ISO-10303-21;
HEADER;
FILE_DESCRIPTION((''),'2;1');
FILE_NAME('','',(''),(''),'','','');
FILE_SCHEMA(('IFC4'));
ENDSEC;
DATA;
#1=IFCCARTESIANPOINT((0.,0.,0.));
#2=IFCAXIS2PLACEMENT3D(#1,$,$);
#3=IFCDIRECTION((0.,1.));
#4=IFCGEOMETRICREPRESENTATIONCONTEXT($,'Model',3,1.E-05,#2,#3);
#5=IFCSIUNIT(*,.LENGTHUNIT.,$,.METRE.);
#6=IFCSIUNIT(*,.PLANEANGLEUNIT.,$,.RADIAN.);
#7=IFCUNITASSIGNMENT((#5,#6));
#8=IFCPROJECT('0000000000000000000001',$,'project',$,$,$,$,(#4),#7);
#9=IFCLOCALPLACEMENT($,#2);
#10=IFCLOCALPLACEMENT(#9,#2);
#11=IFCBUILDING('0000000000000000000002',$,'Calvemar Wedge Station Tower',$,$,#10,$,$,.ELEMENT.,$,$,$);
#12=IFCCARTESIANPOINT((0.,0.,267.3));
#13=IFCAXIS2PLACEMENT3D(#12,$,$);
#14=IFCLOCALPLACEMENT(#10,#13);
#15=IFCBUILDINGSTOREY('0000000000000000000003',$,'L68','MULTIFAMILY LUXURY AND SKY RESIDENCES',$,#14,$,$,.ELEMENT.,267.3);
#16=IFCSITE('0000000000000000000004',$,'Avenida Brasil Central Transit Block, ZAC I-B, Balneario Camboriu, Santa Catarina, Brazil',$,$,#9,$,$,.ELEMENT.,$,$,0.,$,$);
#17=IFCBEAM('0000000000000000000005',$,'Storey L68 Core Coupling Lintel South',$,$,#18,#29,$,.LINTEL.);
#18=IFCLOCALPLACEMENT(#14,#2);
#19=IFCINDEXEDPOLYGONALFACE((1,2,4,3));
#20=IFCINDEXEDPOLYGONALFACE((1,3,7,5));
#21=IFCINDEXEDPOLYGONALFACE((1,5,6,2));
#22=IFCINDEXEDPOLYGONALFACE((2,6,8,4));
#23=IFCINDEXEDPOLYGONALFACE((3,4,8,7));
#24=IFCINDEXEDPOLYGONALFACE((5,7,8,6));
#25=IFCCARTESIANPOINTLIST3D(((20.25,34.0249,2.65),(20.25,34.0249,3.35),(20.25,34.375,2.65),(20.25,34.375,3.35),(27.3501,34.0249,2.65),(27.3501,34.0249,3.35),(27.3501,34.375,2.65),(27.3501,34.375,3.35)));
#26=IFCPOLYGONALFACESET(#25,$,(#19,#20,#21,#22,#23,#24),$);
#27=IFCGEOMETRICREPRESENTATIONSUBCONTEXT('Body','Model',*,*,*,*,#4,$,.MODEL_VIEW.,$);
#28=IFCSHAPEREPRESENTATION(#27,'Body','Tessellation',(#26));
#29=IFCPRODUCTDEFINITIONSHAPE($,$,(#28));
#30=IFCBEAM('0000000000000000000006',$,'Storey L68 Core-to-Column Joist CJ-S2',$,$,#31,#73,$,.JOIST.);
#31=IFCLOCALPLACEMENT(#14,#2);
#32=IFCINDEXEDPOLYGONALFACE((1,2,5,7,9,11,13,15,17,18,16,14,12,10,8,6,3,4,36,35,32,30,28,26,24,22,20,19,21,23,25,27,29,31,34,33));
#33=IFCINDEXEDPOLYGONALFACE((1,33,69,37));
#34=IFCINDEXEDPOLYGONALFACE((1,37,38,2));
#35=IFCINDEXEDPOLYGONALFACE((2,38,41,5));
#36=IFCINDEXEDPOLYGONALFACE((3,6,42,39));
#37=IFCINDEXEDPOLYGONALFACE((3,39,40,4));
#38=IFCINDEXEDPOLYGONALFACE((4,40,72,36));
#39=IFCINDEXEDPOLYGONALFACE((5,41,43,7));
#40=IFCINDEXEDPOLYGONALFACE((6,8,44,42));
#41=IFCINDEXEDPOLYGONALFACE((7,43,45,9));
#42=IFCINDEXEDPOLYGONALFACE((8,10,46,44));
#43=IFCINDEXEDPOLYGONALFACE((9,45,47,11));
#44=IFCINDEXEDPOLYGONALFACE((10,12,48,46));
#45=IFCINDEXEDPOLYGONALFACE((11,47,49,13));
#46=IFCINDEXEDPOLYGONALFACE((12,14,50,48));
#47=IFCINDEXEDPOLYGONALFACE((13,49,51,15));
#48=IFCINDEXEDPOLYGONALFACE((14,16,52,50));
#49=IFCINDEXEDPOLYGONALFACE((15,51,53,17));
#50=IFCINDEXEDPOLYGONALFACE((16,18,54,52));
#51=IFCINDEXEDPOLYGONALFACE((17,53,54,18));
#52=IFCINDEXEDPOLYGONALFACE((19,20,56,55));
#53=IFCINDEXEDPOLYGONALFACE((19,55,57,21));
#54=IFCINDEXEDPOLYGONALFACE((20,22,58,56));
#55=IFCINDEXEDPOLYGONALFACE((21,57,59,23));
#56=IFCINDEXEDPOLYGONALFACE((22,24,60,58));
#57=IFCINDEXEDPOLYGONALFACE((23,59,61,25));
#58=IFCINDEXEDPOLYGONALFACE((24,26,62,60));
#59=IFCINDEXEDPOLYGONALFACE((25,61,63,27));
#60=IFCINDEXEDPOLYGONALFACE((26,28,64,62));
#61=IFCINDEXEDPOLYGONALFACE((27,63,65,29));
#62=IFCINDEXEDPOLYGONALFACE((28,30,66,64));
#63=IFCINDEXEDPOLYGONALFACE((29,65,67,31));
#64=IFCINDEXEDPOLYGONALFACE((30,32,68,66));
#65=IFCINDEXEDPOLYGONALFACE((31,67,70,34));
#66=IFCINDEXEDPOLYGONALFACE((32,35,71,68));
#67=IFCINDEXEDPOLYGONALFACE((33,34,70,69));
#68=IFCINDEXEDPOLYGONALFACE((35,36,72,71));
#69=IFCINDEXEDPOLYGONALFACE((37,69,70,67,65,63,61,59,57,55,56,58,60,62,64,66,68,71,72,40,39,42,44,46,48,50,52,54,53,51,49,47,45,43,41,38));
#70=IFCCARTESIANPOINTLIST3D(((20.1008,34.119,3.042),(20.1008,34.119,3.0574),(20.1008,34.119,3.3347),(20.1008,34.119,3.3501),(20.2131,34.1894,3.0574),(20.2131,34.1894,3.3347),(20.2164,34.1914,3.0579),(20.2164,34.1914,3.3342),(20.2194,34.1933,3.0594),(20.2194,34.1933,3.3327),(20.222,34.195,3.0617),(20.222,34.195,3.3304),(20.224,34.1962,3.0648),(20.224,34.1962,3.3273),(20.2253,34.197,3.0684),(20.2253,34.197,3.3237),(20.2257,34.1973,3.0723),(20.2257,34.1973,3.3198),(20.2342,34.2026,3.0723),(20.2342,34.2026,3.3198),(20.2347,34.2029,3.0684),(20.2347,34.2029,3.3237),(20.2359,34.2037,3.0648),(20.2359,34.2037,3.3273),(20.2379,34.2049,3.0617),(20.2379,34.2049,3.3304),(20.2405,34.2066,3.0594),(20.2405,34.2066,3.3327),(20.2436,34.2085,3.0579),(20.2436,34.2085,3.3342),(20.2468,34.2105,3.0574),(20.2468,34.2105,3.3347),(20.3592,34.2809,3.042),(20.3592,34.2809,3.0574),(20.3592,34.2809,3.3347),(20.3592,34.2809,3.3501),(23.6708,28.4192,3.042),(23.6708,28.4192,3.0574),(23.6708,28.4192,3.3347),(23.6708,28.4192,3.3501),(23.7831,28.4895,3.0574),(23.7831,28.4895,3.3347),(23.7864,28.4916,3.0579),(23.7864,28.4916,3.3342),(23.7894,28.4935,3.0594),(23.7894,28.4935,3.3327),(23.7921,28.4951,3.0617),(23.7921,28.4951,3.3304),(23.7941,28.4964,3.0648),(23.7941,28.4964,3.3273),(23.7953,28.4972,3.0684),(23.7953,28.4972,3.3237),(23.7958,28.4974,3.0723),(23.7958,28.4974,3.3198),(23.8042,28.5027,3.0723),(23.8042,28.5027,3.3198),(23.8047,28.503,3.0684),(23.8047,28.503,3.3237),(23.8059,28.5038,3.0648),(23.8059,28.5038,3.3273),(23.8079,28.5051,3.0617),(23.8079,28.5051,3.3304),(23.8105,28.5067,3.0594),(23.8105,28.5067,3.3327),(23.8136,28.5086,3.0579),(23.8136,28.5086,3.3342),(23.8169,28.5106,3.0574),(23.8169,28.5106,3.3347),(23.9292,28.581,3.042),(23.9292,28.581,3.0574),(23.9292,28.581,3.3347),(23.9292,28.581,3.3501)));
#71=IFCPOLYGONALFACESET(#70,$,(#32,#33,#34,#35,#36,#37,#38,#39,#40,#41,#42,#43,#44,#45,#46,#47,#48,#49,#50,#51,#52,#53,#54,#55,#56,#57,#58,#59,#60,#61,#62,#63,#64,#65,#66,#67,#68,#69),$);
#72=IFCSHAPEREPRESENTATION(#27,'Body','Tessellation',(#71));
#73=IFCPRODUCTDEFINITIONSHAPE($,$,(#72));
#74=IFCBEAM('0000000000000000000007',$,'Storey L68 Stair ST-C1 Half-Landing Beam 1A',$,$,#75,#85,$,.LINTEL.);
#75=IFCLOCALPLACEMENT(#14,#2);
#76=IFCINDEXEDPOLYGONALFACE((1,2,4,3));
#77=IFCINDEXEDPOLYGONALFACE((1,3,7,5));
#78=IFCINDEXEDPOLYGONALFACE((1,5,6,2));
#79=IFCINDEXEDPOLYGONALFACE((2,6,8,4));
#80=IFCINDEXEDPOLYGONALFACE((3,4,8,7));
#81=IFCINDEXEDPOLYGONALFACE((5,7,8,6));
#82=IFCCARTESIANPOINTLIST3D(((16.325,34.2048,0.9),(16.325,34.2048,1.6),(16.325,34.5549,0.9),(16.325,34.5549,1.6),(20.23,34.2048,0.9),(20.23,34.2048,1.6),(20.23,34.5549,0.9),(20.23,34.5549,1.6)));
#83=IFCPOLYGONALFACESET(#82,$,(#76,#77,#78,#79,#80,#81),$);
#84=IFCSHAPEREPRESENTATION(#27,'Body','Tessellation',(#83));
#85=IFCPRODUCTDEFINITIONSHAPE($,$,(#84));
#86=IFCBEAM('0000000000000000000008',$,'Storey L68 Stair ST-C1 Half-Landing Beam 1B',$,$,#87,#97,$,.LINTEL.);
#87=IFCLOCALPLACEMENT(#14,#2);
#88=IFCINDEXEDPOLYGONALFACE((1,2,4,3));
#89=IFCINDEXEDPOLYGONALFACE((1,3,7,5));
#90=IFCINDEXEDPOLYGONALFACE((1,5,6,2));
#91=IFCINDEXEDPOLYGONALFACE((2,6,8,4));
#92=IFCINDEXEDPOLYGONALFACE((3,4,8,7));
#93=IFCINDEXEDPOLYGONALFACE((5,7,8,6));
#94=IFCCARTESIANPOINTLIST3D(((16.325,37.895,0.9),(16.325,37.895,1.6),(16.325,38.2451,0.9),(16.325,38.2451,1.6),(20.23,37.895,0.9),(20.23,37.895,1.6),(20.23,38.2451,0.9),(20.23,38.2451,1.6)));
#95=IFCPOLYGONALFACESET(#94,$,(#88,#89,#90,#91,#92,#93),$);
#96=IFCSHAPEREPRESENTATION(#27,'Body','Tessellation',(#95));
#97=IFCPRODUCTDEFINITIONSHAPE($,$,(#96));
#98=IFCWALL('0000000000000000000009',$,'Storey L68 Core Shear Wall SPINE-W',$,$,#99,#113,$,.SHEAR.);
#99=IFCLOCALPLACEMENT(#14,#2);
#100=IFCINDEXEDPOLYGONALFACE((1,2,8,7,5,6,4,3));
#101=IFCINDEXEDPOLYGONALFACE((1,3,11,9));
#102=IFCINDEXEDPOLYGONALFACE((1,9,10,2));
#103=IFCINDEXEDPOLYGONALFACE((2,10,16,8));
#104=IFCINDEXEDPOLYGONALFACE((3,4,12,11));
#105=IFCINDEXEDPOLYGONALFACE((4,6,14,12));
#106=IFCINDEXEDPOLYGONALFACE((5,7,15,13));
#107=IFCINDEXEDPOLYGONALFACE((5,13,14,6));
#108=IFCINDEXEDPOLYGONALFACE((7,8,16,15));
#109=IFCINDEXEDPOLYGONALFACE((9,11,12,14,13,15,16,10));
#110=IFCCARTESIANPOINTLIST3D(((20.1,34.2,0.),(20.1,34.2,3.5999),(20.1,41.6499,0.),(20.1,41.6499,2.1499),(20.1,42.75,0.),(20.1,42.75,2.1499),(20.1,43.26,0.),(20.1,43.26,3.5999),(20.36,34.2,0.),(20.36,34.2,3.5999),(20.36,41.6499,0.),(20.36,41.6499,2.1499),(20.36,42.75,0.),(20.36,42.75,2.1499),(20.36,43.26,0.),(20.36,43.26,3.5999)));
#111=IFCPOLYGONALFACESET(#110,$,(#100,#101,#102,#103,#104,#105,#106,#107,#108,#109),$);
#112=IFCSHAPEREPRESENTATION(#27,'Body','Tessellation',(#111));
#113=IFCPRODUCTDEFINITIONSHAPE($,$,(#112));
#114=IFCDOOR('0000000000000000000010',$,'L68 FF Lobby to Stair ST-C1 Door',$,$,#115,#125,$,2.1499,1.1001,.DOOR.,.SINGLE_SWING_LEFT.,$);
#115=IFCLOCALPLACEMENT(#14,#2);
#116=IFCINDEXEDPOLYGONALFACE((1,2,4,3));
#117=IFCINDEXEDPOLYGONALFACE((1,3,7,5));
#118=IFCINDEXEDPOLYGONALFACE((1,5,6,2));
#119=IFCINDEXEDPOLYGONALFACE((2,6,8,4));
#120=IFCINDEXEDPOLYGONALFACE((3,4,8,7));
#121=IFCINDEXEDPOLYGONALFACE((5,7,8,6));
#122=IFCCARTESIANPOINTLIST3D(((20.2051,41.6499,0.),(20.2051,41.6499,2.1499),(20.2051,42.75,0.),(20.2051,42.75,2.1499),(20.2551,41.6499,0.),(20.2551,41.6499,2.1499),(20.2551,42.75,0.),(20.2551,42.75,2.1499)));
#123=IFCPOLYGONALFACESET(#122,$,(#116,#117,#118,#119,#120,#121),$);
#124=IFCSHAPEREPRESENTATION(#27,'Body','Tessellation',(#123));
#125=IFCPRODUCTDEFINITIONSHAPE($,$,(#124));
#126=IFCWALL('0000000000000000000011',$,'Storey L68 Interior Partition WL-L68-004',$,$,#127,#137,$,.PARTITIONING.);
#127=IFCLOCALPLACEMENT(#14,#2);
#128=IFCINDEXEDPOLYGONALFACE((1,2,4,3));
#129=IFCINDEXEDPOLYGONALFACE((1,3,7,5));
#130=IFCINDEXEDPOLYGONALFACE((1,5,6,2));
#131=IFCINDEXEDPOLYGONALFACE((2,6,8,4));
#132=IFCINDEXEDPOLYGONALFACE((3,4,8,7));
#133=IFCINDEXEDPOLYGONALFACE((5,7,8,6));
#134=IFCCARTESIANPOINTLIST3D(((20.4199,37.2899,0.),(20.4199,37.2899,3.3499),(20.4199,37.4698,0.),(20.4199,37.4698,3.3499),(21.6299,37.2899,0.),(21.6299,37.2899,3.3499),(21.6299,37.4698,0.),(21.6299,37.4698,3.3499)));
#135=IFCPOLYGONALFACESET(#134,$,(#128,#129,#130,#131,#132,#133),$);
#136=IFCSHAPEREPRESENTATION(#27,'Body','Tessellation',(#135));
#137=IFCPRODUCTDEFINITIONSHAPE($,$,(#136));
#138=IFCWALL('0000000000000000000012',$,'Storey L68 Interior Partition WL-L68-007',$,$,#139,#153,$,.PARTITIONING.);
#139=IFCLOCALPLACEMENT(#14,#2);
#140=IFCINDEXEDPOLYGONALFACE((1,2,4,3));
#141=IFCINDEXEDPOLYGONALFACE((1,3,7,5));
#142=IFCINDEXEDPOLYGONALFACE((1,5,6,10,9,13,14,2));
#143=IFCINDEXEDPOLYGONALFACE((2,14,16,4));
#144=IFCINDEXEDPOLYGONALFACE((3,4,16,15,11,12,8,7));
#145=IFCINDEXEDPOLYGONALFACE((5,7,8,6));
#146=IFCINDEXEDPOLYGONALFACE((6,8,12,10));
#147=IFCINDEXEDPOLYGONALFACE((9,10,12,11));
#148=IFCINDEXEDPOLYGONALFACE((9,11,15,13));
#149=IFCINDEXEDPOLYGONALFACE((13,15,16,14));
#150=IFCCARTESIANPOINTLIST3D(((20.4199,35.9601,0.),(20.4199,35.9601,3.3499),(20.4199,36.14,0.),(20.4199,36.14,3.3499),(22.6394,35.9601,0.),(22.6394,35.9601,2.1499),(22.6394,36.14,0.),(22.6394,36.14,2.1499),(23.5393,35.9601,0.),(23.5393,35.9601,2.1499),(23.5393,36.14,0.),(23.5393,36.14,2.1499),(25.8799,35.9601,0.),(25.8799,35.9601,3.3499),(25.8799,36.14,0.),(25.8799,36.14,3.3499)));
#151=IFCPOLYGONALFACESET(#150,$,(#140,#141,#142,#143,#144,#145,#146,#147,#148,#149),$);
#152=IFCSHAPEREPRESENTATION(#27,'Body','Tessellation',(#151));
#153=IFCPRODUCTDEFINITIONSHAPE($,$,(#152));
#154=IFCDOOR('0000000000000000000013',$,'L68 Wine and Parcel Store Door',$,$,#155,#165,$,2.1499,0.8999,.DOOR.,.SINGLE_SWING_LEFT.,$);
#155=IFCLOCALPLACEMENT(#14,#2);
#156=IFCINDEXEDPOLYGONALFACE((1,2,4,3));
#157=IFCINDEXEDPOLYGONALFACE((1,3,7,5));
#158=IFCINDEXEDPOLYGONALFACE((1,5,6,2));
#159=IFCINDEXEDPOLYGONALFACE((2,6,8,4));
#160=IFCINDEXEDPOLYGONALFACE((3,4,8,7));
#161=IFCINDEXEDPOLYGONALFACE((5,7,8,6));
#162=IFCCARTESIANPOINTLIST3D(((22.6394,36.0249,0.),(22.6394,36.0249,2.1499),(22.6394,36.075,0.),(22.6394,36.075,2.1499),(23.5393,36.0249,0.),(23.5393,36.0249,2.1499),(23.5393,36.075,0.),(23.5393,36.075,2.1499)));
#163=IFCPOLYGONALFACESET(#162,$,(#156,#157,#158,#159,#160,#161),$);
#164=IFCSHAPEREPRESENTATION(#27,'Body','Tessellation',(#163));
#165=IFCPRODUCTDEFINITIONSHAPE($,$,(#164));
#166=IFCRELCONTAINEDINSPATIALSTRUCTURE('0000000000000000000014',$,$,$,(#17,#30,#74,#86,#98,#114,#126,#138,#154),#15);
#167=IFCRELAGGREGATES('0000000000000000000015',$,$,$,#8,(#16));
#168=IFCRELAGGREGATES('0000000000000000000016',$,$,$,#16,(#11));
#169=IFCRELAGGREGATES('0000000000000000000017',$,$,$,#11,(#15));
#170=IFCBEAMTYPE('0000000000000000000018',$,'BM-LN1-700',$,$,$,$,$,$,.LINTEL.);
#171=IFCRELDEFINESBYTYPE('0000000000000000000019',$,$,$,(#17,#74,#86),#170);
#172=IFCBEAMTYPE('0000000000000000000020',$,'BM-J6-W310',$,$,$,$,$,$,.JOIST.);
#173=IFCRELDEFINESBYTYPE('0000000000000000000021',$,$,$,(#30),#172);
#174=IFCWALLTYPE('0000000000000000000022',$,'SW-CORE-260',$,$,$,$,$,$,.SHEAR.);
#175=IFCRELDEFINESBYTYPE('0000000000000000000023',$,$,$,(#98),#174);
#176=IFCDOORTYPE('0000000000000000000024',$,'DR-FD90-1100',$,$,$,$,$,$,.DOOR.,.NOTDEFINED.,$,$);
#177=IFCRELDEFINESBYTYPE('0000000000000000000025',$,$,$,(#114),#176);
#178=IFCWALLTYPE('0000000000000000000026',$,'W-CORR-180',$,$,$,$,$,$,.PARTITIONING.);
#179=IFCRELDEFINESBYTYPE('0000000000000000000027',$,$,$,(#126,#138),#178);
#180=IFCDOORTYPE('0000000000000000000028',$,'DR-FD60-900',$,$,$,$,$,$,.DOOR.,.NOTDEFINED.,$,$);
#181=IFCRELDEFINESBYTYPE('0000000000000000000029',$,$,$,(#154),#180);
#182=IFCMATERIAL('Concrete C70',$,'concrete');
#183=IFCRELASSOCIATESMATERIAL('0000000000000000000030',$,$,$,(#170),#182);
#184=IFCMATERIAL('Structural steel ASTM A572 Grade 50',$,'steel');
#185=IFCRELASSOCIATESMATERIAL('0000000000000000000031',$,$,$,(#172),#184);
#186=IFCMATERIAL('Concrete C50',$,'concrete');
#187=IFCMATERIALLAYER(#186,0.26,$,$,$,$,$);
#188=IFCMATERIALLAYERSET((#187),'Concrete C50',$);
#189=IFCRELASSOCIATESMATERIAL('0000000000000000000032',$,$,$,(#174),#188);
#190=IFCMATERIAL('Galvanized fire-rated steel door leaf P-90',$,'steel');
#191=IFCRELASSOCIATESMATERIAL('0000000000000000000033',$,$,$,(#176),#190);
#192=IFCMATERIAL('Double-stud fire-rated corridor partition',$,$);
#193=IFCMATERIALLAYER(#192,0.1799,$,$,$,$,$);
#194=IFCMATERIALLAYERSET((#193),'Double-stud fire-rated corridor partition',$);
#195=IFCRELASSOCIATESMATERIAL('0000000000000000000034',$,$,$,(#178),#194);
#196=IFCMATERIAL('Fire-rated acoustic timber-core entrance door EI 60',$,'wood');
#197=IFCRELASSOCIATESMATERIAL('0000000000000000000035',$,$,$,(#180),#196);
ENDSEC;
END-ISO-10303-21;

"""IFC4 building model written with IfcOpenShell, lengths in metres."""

from ifc_helpers import new_model, si_unit, direction, frame, frame_2d, origin, origin_2d, place, context, subcontext, project, spatial, rectangle, i_section, extrude, source, transform, mapped, material, layer, layer_set, material_profile, profile_set, type_object, element, fill, save


model = new_model("IFC4")

# Units and contexts
model_context = context("Model", 3, precision=1e-05, world=origin(), true_north=direction((0.0, 1.0)))
body_context = subcontext(model_context, "Body", "Model", "MODEL_VIEW")
ifc_project = project(units=[si_unit("LENGTHUNIT", "METRE"), si_unit("PLANEANGLEUNIT", "RADIAN")], contexts=[model_context])

# Site, building, storey
site_placement = place(None, origin())
site = spatial("IfcSite", under=ifc_project, at=site_placement, Name="Avenida Brasil Central Transit Block, ZAC I-B, Balneario Camboriu, Santa Catarina, Brazil", CompositionType="ELEMENT", RefElevation=0.0)
building_placement = place(site_placement, origin())
building = spatial("IfcBuilding", under=site, at=building_placement, Name="Calvemar Wedge Station Tower", CompositionType="ELEMENT")
storey_placement = place(building_placement, frame((0.0, 0.0, 267.3)))
storey = spatial("IfcBuildingStorey", under=building, at=storey_placement, Name="L68", Description="MULTIFAMILY LUXURY AND SKY RESIDENCES", CompositionType="ELEMENT", Elevation=267.3)

# Beams
ifc_material_1 = material(Name="Concrete C70", Category="concrete")
ifc_material_profile_1 = material_profile(ifc_material_1, rectangle(XDim=0.3501, YDim=0.7, at=origin_2d()), Name="RC350x700")
ifc_profile_set_1 = profile_set([ifc_material_profile_1], Name="Concrete C70")
beam_type_1 = type_object("IfcBeamType", Name="BM-LN1-700", PredefinedType="LINTEL", material=ifc_profile_set_1)
shared_shape_1 = source(origin(), body_context, "Body", "SweptSolid", [
    extrude(rectangle(XDim=0.3501, YDim=0.7, at=origin_2d()), origin(), (0.0, 0.0, 1.0), 7.1001),
])
beam_1_placement = place(storey_placement, frame((20.25, 34.2, 3.0), z_axis=(1.0, 0.0, 0.0), x_axis=(0.0, 1.0, 0.0)))
element("IfcBeam", 1, at=beam_1_placement, inside=storey, type_object=beam_type_1, Name="Storey L68 Core Coupling Lintel South", PredefinedType="LINTEL", context=body_context, shape_type="MappedRepresentation", body=[
    mapped(shared_shape_1, transform((0.0, 0.0, 0.0), scale=1.0)),
])
ifc_material_2 = material(Name="Structural steel ASTM A572 Grade 50", Category="steel")
ifc_material_profile_2 = material_profile(ifc_material_2, i_section(OverallWidth=0.3049, OverallDepth=0.3081, WebThickness=0.01, FlangeThickness=0.0154, FilletRadius=0.0149, at=origin_2d()), Name="W310x97")
ifc_profile_set_2 = profile_set([ifc_material_profile_2], Name="Structural steel ASTM A572 Grade 50")
beam_type_2 = type_object("IfcBeamType", Name="BM-J6-W310", PredefinedType="JOIST", material=ifc_profile_set_2)
shared_shape_2 = source(origin(), body_context, "Body", "SweptSolid", [
    extrude(i_section(OverallWidth=0.3049, OverallDepth=0.3081, WebThickness=0.01, FlangeThickness=0.0154, FilletRadius=0.0149, at=origin_2d()), origin(), (0.0, 0.0, 1.0), 6.7256),
])
beam_2_placement = place(storey_placement, frame((20.23, 34.2, 3.196), z_axis=(0.530811, -0.84749, 0.0), x_axis=(0.84749, 0.530811, 0.0)))
element("IfcBeam", 2, at=beam_2_placement, inside=storey, type_object=beam_type_2, Name="Storey L68 Core-to-Column Joist CJ-S2", PredefinedType="JOIST", context=body_context, shape_type="MappedRepresentation", body=[
    mapped(shared_shape_2, transform((0.0, 0.0, 0.0), scale=1.0)),
])
shared_shape_3 = source(origin(), body_context, "Body", "SweptSolid", [
    extrude(rectangle(XDim=0.3501, YDim=0.7, at=origin_2d()), origin(), (0.0, 0.0, 1.0), 3.905),
])
for number, where, z_axis, x_axis, name in (
    (3, (16.325, 34.3799, 1.25), (1.0, 0.0, 0.0), (0.0, 1.0, 0.0), "Storey L68 Stair ST-C1 Half-Landing Beam 1A"),
    (4, (16.325, 38.0701, 1.25), (1.0, 0.0, 0.0), (0.0, 1.0, 0.0), "Storey L68 Stair ST-C1 Half-Landing Beam 1B"),
):
    element("IfcBeam", number, at=place(storey_placement, frame(where, z_axis=z_axis, x_axis=x_axis)), inside=storey, type_object=beam_type_1, Name=name, PredefinedType="LINTEL", context=body_context, shape_type="MappedRepresentation", body=[
        mapped(shared_shape_3, transform((0.0, 0.0, 0.0), scale=1.0)),
    ])

# Wall, opening, door
ifc_material_3 = material(Name="Concrete C50", Category="concrete")
ifc_layer_1 = layer(ifc_material_3, 0.26)
ifc_layer_set_1 = layer_set([ifc_layer_1], Name="Concrete C50")
wall_type_1 = type_object("IfcWallType", Name="SW-CORE-260", PredefinedType="SHEAR", material=ifc_layer_set_1)
wall_1_placement = place(storey_placement, frame((20.23, 34.2, 0.0), z_axis=(0.0, 0.0, 1.0), x_axis=(0.0, 1.0, 0.0)))
wall_1 = element("IfcWall", 5, at=wall_1_placement, inside=storey, type_object=wall_type_1, Name="Storey L68 Core Shear Wall SPINE-W", PredefinedType="SHEAR", context=body_context, shape_type="SweptSolid", body=[
    extrude(rectangle(XDim=9.0601, YDim=0.26, at=frame_2d((4.53, 0.0))), origin(), (0.0, 0.0, 1.0), 3.5999),
])
shared_shape_4 = source(origin(), body_context, "Body", "SweptSolid", [
    extrude(rectangle(XDim=1.1001, YDim=2.1499, at=frame_2d((0.55, 1.075))), frame((0.0, 0.1401, 0.0), z_axis=(0.0, -1.0, 0.0), x_axis=(1.0, 0.0, 0.0)), (0.0, 0.0, 1.0), 0.28),
])
opening_1_placement = place(wall_1_placement, frame((7.45, 0.0, 0.0)))
opening_1 = element("IfcOpeningElement", 6, at=opening_1_placement, cuts=wall_1, PredefinedType="OPENING", context=body_context, shape_type="MappedRepresentation", body=[
    mapped(shared_shape_4, transform((0.0, 0.0, 0.0), scale=1.0)),
])
ifc_material_4 = material(Name="Galvanized fire-rated steel door leaf P-90", Category="steel")
door_type_1 = type_object("IfcDoorType", Name="DR-FD90-1100", OperationType="NOTDEFINED", PredefinedType="DOOR", material=ifc_material_4)
shared_shape_5 = source(origin(), body_context, "Body", "SweptSolid", [
    extrude(rectangle(XDim=1.1001, YDim=2.1499, at=frame_2d((0.55, 1.075))), frame((0.0, 0.0249, 0.0), z_axis=(0.0, -1.0, 0.0), x_axis=(1.0, 0.0, 0.0)), (0.0, 0.0, 1.0), 0.05),
])
door_1_placement = place(opening_1_placement, origin())
door_1 = element("IfcDoor", 7, at=door_1_placement, inside=storey, type_object=door_type_1, Name="L68 FF Lobby to Stair ST-C1 Door", OperationType="SINGLE_SWING_LEFT", OverallHeight=2.1499, OverallWidth=1.1001, PredefinedType="DOOR", context=body_context, shape_type="MappedRepresentation", body=[
    mapped(shared_shape_5, transform((0.0, 0.0, 0.0), scale=1.0)),
])
fill(opening_1, door_1)

# Wall
ifc_material_5 = material(Name="Double-stud fire-rated corridor partition")
ifc_layer_2 = layer(ifc_material_5, 0.1799)
ifc_layer_set_2 = layer_set([ifc_layer_2], Name="Double-stud fire-rated corridor partition")
wall_type_2 = type_object("IfcWallType", Name="W-CORR-180", PredefinedType="PARTITIONING", material=ifc_layer_set_2)
wall_2_placement = place(storey_placement, frame((21.6299, 37.3799, 0.0), z_axis=(0.0, 0.0, 1.0), x_axis=(-1.0, 0.0, 0.0)))
element("IfcWall", 8, at=wall_2_placement, inside=storey, type_object=wall_type_2, Name="Storey L68 Interior Partition WL-L68-004", PredefinedType="PARTITIONING", context=body_context, shape_type="SweptSolid", body=[
    extrude(rectangle(XDim=1.21, YDim=0.1799, at=frame_2d((0.605, 0.0))), origin(), (0.0, 0.0, 1.0), 3.3499),
])

# Wall, opening, door
wall_3_placement = place(storey_placement, frame((20.4199, 36.05, 0.0), z_axis=(0.0, 0.0, 1.0), x_axis=(1.0, 0.0, 0.0)))
wall_3 = element("IfcWall", 9, at=wall_3_placement, inside=storey, type_object=wall_type_2, Name="Storey L68 Interior Partition WL-L68-007", PredefinedType="PARTITIONING", context=body_context, shape_type="SweptSolid", body=[
    extrude(rectangle(XDim=5.46, YDim=0.1799, at=frame_2d((2.73, 0.0))), origin(), (0.0, 0.0, 1.0), 3.3499),
])
shared_shape_6 = source(origin(), body_context, "Body", "SweptSolid", [
    extrude(rectangle(XDim=0.8999, YDim=2.1499, at=frame_2d((0.45, 1.075))), frame((0.0, 0.1001, 0.0), z_axis=(0.0, -1.0, 0.0), x_axis=(1.0, 0.0, 0.0)), (0.0, 0.0, 1.0), 0.2),
])
opening_2_placement = place(wall_3_placement, frame((2.2195, 0.0, 0.0)))
opening_2 = element("IfcOpeningElement", 10, at=opening_2_placement, cuts=wall_3, PredefinedType="OPENING", context=body_context, shape_type="MappedRepresentation", body=[
    mapped(shared_shape_6, transform((0.0, 0.0, 0.0), scale=1.0)),
])
ifc_material_6 = material(Name="Fire-rated acoustic timber-core entrance door EI 60", Category="wood")
door_type_2 = type_object("IfcDoorType", Name="DR-FD60-900", OperationType="NOTDEFINED", PredefinedType="DOOR", material=ifc_material_6)
shared_shape_7 = source(origin(), body_context, "Body", "SweptSolid", [
    extrude(rectangle(XDim=0.8999, YDim=2.1499, at=frame_2d((0.45, 1.075))), frame((0.0, 0.0249, 0.0), z_axis=(0.0, -1.0, 0.0), x_axis=(1.0, 0.0, 0.0)), (0.0, 0.0, 1.0), 0.05),
])
door_2_placement = place(opening_2_placement, origin())
door_2 = element("IfcDoor", 11, at=door_2_placement, inside=storey, type_object=door_type_2, Name="L68 Wine and Parcel Store Door", OperationType="SINGLE_SWING_LEFT", OverallHeight=2.1499, OverallWidth=0.8999, PredefinedType="DOOR", context=body_context, shape_type="MappedRepresentation", body=[
    mapped(shared_shape_7, transform((0.0, 0.0, 0.0), scale=1.0)),
])
fill(opening_2, door_2)

save(model, "model.ifc")
